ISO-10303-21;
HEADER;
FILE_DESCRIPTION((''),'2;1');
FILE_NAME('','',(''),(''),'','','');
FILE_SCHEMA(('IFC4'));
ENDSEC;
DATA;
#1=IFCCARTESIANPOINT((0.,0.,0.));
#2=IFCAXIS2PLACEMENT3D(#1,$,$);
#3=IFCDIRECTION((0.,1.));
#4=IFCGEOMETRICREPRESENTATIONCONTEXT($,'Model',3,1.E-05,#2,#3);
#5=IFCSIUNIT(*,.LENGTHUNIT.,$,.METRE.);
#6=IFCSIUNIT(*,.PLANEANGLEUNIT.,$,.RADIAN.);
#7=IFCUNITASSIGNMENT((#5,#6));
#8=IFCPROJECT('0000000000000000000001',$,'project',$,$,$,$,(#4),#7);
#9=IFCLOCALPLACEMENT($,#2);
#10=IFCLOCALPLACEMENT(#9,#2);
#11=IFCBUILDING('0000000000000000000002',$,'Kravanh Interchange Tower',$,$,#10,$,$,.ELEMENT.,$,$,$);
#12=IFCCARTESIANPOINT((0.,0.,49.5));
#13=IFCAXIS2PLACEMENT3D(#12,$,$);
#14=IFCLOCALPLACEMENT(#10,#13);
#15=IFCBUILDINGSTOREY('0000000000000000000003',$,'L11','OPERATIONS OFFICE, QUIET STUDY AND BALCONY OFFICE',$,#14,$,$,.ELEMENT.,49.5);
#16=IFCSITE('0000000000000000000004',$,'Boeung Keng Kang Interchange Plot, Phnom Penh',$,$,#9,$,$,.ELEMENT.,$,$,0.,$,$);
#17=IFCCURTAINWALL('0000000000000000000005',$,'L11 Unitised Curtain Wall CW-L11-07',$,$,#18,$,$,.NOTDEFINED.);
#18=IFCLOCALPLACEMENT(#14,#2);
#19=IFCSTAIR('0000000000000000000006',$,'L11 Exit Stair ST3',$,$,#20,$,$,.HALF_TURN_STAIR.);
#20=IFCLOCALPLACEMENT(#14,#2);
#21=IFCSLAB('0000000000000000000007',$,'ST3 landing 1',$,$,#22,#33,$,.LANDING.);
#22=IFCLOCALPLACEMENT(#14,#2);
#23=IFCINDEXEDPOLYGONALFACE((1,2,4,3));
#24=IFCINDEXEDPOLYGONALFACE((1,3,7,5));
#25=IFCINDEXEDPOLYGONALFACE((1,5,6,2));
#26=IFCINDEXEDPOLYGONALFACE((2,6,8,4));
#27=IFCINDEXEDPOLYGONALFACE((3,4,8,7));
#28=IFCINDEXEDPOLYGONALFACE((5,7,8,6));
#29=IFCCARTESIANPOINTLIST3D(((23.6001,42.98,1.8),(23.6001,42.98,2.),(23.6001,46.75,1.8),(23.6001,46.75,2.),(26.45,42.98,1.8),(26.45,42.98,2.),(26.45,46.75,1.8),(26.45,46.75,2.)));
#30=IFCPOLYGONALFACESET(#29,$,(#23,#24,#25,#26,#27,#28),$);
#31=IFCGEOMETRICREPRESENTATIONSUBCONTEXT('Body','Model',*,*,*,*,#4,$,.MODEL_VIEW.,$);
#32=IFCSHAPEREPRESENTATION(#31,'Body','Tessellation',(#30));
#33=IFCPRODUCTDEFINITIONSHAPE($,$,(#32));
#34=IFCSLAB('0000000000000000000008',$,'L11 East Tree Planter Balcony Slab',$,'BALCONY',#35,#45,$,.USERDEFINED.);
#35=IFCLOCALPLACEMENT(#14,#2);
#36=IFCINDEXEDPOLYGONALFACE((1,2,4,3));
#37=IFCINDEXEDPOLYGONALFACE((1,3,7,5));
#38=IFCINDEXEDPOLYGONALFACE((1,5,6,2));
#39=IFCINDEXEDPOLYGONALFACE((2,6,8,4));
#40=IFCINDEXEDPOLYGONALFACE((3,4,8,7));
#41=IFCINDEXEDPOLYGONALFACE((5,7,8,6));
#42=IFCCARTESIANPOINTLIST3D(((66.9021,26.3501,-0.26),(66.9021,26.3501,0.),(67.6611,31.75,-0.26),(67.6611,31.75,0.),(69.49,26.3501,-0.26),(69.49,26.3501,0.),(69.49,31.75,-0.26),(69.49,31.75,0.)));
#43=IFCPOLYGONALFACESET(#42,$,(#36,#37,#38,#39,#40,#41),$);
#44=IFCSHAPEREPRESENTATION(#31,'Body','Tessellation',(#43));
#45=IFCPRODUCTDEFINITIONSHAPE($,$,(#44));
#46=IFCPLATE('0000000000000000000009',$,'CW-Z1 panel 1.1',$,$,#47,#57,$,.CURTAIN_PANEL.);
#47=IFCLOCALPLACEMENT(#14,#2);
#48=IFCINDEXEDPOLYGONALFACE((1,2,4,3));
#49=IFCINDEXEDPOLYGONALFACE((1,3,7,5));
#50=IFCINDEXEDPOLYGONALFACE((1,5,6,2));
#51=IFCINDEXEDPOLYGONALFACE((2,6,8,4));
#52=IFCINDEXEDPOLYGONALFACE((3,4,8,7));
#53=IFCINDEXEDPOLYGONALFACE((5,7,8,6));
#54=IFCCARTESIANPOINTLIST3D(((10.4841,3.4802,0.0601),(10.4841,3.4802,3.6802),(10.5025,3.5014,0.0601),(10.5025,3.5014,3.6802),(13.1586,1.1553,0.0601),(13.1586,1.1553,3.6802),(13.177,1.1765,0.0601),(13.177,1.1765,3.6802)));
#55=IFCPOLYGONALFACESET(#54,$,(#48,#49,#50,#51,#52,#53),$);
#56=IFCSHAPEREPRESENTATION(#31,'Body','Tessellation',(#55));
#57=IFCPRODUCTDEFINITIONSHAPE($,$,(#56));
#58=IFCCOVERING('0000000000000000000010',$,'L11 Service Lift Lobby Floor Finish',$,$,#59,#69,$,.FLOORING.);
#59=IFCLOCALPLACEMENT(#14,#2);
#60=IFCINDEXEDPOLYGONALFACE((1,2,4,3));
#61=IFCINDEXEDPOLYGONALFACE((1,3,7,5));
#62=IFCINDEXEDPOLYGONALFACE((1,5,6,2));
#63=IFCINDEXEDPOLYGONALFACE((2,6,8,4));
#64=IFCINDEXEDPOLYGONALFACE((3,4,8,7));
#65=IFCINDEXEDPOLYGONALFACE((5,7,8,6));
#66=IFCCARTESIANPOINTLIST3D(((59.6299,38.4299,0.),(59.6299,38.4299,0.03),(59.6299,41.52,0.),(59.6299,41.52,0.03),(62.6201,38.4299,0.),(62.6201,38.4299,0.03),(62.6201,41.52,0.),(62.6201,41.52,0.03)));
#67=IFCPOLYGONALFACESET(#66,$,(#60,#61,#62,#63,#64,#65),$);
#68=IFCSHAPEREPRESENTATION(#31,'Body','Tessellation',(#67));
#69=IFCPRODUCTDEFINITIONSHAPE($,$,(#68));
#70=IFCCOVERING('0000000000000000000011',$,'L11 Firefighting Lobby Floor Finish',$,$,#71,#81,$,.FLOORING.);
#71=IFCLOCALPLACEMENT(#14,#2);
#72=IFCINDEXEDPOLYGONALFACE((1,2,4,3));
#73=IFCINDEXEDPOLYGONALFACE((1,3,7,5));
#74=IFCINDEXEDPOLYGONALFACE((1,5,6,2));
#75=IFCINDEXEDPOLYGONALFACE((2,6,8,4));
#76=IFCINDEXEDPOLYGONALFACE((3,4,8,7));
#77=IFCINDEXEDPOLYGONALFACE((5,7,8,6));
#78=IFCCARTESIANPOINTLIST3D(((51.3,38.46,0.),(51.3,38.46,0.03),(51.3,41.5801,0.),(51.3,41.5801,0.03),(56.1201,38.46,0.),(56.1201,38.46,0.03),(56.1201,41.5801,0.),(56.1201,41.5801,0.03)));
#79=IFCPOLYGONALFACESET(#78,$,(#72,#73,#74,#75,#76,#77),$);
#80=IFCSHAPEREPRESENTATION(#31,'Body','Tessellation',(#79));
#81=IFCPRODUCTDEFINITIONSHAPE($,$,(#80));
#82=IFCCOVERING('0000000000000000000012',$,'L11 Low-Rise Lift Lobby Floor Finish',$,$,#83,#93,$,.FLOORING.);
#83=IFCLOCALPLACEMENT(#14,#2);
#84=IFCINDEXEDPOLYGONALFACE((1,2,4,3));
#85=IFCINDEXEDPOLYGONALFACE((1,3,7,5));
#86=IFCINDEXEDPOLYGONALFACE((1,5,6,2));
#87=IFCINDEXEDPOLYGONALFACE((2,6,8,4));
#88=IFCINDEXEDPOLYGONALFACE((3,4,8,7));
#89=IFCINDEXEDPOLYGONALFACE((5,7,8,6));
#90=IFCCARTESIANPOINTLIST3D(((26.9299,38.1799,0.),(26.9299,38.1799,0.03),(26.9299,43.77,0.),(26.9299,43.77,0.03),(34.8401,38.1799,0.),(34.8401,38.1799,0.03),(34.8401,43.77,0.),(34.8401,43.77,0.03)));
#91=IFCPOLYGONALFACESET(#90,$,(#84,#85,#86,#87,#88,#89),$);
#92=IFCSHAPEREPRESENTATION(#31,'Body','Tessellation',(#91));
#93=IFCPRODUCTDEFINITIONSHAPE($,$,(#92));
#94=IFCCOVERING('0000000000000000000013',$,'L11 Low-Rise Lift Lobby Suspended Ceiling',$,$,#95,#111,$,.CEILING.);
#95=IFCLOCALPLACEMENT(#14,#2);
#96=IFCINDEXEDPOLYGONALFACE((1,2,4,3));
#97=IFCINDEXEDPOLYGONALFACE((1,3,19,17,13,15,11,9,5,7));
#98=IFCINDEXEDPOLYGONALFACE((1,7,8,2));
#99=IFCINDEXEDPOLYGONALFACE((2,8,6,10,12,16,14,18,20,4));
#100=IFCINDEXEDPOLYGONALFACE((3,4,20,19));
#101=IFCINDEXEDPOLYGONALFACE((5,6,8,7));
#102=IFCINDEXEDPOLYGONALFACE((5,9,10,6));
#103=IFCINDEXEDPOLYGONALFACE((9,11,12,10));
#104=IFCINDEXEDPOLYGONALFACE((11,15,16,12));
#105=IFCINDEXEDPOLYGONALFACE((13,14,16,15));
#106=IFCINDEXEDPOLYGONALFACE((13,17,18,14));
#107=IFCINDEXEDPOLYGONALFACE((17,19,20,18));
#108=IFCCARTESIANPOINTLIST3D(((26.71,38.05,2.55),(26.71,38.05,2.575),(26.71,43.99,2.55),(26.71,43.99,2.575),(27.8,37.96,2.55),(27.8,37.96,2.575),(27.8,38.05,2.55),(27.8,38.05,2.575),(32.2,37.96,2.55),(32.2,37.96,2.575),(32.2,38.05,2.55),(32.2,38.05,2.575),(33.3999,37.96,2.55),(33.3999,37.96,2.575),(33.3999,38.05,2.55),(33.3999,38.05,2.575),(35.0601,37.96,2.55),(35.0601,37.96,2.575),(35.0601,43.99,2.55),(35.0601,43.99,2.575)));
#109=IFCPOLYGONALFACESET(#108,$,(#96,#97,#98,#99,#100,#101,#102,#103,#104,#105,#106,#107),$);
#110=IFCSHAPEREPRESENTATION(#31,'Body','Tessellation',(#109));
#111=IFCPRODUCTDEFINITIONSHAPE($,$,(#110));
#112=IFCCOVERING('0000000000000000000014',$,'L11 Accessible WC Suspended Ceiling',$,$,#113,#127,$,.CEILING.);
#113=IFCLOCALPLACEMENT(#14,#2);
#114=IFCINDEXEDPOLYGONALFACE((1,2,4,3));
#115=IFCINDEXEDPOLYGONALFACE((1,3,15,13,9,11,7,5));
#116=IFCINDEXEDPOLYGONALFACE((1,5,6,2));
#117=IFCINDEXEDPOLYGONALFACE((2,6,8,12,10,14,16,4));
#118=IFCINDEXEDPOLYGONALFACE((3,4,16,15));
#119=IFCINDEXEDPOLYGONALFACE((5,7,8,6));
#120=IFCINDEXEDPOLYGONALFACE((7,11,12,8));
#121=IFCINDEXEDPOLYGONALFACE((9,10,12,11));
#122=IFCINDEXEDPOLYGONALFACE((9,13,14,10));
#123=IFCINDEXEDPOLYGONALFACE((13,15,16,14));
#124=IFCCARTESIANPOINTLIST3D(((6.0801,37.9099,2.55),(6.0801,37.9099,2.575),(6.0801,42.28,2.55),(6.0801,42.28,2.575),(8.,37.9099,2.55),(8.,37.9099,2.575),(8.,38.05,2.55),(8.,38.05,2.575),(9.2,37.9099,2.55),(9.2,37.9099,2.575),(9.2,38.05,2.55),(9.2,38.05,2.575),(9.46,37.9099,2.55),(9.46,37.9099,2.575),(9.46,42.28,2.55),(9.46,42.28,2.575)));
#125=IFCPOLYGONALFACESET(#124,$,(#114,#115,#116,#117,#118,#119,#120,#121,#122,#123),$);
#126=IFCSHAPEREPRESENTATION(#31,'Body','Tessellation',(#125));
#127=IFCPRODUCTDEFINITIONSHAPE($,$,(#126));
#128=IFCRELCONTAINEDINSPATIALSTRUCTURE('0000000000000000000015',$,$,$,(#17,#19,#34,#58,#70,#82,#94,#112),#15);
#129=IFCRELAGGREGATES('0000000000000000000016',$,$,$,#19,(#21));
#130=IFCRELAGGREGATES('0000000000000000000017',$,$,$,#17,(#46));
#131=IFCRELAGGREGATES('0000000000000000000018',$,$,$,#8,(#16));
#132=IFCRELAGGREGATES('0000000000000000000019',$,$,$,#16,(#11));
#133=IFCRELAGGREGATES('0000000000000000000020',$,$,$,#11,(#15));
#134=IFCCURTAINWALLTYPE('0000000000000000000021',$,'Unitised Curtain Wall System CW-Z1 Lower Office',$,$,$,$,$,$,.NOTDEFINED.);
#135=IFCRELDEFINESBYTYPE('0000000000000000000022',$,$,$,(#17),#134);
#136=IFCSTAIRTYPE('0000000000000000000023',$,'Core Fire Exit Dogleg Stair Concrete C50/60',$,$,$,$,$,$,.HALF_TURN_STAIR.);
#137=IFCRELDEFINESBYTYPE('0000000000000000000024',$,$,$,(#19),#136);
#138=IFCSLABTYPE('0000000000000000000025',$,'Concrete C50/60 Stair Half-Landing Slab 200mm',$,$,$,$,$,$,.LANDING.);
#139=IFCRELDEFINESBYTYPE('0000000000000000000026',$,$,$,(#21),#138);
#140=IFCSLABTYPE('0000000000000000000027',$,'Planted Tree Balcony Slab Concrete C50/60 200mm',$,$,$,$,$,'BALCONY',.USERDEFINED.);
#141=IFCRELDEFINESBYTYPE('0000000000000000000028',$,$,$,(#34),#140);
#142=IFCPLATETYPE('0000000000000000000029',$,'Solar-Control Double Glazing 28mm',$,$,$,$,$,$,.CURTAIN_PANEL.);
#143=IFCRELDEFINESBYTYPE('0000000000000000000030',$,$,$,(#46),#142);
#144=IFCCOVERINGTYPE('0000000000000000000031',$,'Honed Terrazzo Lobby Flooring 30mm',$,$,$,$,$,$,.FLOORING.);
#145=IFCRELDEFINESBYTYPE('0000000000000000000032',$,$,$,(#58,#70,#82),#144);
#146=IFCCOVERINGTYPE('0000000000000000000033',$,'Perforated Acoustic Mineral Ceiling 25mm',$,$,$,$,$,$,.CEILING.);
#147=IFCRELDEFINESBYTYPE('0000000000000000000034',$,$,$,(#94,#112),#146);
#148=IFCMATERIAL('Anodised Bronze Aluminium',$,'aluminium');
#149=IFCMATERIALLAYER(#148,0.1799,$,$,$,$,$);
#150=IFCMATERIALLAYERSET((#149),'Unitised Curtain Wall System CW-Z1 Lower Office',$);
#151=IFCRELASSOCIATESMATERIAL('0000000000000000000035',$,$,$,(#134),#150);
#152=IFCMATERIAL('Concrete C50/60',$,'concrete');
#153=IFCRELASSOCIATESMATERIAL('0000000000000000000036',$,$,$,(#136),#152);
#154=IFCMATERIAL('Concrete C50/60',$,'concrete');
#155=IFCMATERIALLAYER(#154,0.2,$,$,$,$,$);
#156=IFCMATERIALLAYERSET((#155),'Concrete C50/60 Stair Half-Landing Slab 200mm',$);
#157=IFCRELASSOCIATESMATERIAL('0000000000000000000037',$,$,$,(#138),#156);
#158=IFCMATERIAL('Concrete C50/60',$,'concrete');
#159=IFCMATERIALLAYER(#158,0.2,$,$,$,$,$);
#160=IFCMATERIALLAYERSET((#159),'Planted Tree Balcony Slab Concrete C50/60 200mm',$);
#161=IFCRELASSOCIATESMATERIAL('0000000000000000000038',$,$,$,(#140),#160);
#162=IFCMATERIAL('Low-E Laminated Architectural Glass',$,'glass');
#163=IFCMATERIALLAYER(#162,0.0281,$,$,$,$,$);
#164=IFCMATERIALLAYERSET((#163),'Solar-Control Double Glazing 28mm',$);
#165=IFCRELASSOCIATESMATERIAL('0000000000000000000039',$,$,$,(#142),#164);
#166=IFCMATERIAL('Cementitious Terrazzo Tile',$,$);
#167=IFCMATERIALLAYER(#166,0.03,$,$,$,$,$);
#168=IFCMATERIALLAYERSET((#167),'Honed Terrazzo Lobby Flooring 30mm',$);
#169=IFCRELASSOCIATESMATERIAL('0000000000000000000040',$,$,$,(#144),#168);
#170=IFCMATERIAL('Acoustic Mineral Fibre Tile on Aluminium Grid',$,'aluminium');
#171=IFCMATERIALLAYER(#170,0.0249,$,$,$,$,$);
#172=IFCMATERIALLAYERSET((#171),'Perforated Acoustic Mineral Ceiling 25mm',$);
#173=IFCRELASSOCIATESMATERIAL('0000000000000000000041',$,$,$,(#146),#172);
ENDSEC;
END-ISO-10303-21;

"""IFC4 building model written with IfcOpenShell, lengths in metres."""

from ifc_helpers import new_model, si_unit, direction, frame, origin, origin_2d, place, context, subcontext, project, spatial, polyline, rectangle, outline, extrude, material, layer, layer_set, type_object, element, aggregate, save


model = new_model("IFC4")

# Units and contexts
model_context = context("Model", 3, precision=1e-05, world=origin(), true_north=direction((0.0, 1.0)))
body_context = subcontext(model_context, "Body", "Model", "MODEL_VIEW")
ifc_project = project(units=[si_unit("LENGTHUNIT", "METRE"), si_unit("PLANEANGLEUNIT", "RADIAN")], contexts=[model_context])

# Site, building, storey
site_placement = place(None, origin())
site = spatial("IfcSite", under=ifc_project, at=site_placement, Name="Boeung Keng Kang Interchange Plot, Phnom Penh", CompositionType="ELEMENT", RefElevation=0.0)
building_placement = place(site_placement, origin())
building = spatial("IfcBuilding", under=site, at=building_placement, Name="Kravanh Interchange Tower", CompositionType="ELEMENT")
storey_placement = place(building_placement, frame((0.0, 0.0, 49.5)))
storey = spatial("IfcBuildingStorey", under=building, at=storey_placement, Name="L11", Description="OPERATIONS OFFICE, QUIET STUDY AND BALCONY OFFICE", CompositionType="ELEMENT", Elevation=49.5)

# Shared definitions
ifc_material_1 = material(Name="Anodised Bronze Aluminium", Category="aluminium")
ifc_layer_1 = layer(ifc_material_1, 0.1799)
ifc_layer_set_1 = layer_set([ifc_layer_1], Name="Unitised Curtain Wall System CW-Z1 Lower Office")
curtain_wall_type = type_object("IfcCurtainWallType", Name="Unitised Curtain Wall System CW-Z1 Lower Office", PredefinedType="NOTDEFINED", material=ifc_layer_set_1)

# Curtain wall
curtain_wall_1_placement = place(storey_placement, origin())
curtain_wall_1 = element("IfcCurtainWall", 1, at=curtain_wall_1_placement, inside=storey, type_object=curtain_wall_type, Name="L11 Unitised Curtain Wall CW-L11-07", PredefinedType="NOTDEFINED")

# Stair, slab
ifc_material_2 = material(Name="Concrete C50/60", Category="concrete")
stair_type = type_object("IfcStairType", Name="Core Fire Exit Dogleg Stair Concrete C50/60", PredefinedType="HALF_TURN_STAIR", material=ifc_material_2)
ifc_material_3 = material(Name="Concrete C50/60", Category="concrete")
ifc_layer_2 = layer(ifc_material_3, 0.2)
ifc_layer_set_2 = layer_set([ifc_layer_2], Name="Concrete C50/60 Stair Half-Landing Slab 200mm")
slab_type_1 = type_object("IfcSlabType", Name="Concrete C50/60 Stair Half-Landing Slab 200mm", PredefinedType="LANDING", material=ifc_layer_set_2)
stair_1_placement = place(storey_placement, origin())
stair_1 = element("IfcStair", 2, at=stair_1_placement, inside=storey, type_object=stair_type, Name="L11 Exit Stair ST3", PredefinedType="HALF_TURN_STAIR")
slab_1_placement = place(storey_placement, frame((0.0, 0.0, 1.8)))
slab_1 = element("IfcSlab", 3, at=slab_1_placement, type_object=slab_type_1, Name="ST3 landing 1", PredefinedType="LANDING", context=body_context, shape_type="SweptSolid", body=[
    extrude(outline(polyline([(26.45, 42.98), (26.45, 46.75), (23.6001, 46.75), (23.6001, 42.98), (26.45, 42.98)])), origin(), (0.0, 0.0, 1.0), 0.2),
])
aggregate(stair_1, [slab_1])

# Slab
ifc_material_4 = material(Name="Concrete C50/60", Category="concrete")
ifc_layer_3 = layer(ifc_material_4, 0.2)
ifc_layer_set_3 = layer_set([ifc_layer_3], Name="Planted Tree Balcony Slab Concrete C50/60 200mm")
slab_type_2 = type_object("IfcSlabType", Name="Planted Tree Balcony Slab Concrete C50/60 200mm", ElementType="BALCONY", PredefinedType="USERDEFINED", material=ifc_layer_set_3)
slab_2_placement = place(storey_placement, frame((0.0, 0.0, -0.26)))
element("IfcSlab", 4, at=slab_2_placement, inside=storey, type_object=slab_type_2, Name="L11 East Tree Planter Balcony Slab", ObjectType="BALCONY", PredefinedType="USERDEFINED", context=body_context, shape_type="SweptSolid", body=[
    extrude(outline(polyline([(69.49, 31.75), (69.49, 26.3501), (66.9021, 26.3501), (67.6611, 31.75), (69.49, 31.75)])), origin(), (0.0, 0.0, 1.0), 0.26),
])

# Plate
ifc_material_5 = material(Name="Low-E Laminated Architectural Glass", Category="glass")
ifc_layer_4 = layer(ifc_material_5, 0.0281)
ifc_layer_set_4 = layer_set([ifc_layer_4], Name="Solar-Control Double Glazing 28mm")
plate_type = type_object("IfcPlateType", Name="Solar-Control Double Glazing 28mm", PredefinedType="CURTAIN_PANEL", material=ifc_layer_set_4)
plate_placement = place(storey_placement, frame((11.8306, 2.3284, 0.0601), z_axis=(0.0, 0.0, 1.0), x_axis=(-0.754708, 0.65606, 0.0)))
plate = element("IfcPlate", 5, at=plate_placement, type_object=plate_type, Name="CW-Z1 panel 1.1", PredefinedType="CURTAIN_PANEL", context=body_context, shape_type="SweptSolid", body=[
    extrude(rectangle(XDim=3.5437, YDim=0.0281, at=origin_2d()), origin(), (0.0, 0.0, 1.0), 3.6201),
])
aggregate(curtain_wall_1, [plate])

# Coverings
ifc_material_6 = material(Name="Cementitious Terrazzo Tile")
ifc_layer_5 = layer(ifc_material_6, 0.03)
ifc_layer_set_5 = layer_set([ifc_layer_5], Name="Honed Terrazzo Lobby Flooring 30mm")
covering_type_1 = type_object("IfcCoveringType", Name="Honed Terrazzo Lobby Flooring 30mm", PredefinedType="FLOORING", material=ifc_layer_set_5)
covering_1_placement = place(storey_placement, origin())
element("IfcCovering", 6, at=covering_1_placement, inside=storey, type_object=covering_type_1, Name="L11 Service Lift Lobby Floor Finish", PredefinedType="FLOORING", context=body_context, shape_type="SweptSolid", body=[
    extrude(outline(polyline([(59.6299, 41.52), (62.6201, 41.52), (62.6201, 38.4299), (59.6299, 38.4299), (59.6299, 41.52)])), origin(), (0.0, 0.0, 1.0), 0.03),
])
covering_2_placement = place(storey_placement, origin())
element("IfcCovering", 7, at=covering_2_placement, inside=storey, type_object=covering_type_1, Name="L11 Firefighting Lobby Floor Finish", PredefinedType="FLOORING", context=body_context, shape_type="SweptSolid", body=[
    extrude(outline(polyline([(56.1201, 38.46), (51.3, 38.46), (51.3, 41.5801), (56.1201, 41.5801), (56.1201, 38.46)])), origin(), (0.0, 0.0, 1.0), 0.03),
])
covering_3_placement = place(storey_placement, origin())
element("IfcCovering", 8, at=covering_3_placement, inside=storey, type_object=covering_type_1, Name="L11 Low-Rise Lift Lobby Floor Finish", PredefinedType="FLOORING", context=body_context, shape_type="SweptSolid", body=[
    extrude(outline(polyline([(26.9299, 43.77), (34.8401, 43.77), (34.8401, 38.1799), (26.9299, 38.1799), (26.9299, 43.77)])), origin(), (0.0, 0.0, 1.0), 0.03),
])
ifc_material_7 = material(Name="Acoustic Mineral Fibre Tile on Aluminium Grid", Category="aluminium")
ifc_layer_6 = layer(ifc_material_7, 0.0249)
ifc_layer_set_6 = layer_set([ifc_layer_6], Name="Perforated Acoustic Mineral Ceiling 25mm")
covering_type_2 = type_object("IfcCoveringType", Name="Perforated Acoustic Mineral Ceiling 25mm", PredefinedType="CEILING", material=ifc_layer_set_6)
covering_4_placement = place(storey_placement, frame((0.0, 0.0, 2.55)))
element("IfcCovering", 9, at=covering_4_placement, inside=storey, type_object=covering_type_2, Name="L11 Low-Rise Lift Lobby Suspended Ceiling", PredefinedType="CEILING", context=body_context, shape_type="SweptSolid", body=[
    extrude(outline(polyline([(35.0601, 37.96), (33.3999, 37.96), (33.3999, 38.05), (32.2, 38.05), (32.2, 37.96), (27.8, 37.96), (27.8, 38.05), (26.71, 38.05), (26.71, 43.99), (35.0601, 43.99), (35.0601, 37.96)])), origin(), (0.0, 0.0, 1.0), 0.0249),
])
covering_5_placement = place(storey_placement, frame((0.0, 0.0, 2.55)))
element("IfcCovering", 10, at=covering_5_placement, inside=storey, type_object=covering_type_2, Name="L11 Accessible WC Suspended Ceiling", PredefinedType="CEILING", context=body_context, shape_type="SweptSolid", body=[
    extrude(outline(polyline([(9.46, 42.28), (9.46, 37.9099), (9.2, 37.9099), (9.2, 38.05), (8.0, 38.05), (8.0, 37.9099), (6.0801, 37.9099), (6.0801, 42.28), (9.46, 42.28)])), origin(), (0.0, 0.0, 1.0), 0.0249),
])

save(model, "model.ifc")
